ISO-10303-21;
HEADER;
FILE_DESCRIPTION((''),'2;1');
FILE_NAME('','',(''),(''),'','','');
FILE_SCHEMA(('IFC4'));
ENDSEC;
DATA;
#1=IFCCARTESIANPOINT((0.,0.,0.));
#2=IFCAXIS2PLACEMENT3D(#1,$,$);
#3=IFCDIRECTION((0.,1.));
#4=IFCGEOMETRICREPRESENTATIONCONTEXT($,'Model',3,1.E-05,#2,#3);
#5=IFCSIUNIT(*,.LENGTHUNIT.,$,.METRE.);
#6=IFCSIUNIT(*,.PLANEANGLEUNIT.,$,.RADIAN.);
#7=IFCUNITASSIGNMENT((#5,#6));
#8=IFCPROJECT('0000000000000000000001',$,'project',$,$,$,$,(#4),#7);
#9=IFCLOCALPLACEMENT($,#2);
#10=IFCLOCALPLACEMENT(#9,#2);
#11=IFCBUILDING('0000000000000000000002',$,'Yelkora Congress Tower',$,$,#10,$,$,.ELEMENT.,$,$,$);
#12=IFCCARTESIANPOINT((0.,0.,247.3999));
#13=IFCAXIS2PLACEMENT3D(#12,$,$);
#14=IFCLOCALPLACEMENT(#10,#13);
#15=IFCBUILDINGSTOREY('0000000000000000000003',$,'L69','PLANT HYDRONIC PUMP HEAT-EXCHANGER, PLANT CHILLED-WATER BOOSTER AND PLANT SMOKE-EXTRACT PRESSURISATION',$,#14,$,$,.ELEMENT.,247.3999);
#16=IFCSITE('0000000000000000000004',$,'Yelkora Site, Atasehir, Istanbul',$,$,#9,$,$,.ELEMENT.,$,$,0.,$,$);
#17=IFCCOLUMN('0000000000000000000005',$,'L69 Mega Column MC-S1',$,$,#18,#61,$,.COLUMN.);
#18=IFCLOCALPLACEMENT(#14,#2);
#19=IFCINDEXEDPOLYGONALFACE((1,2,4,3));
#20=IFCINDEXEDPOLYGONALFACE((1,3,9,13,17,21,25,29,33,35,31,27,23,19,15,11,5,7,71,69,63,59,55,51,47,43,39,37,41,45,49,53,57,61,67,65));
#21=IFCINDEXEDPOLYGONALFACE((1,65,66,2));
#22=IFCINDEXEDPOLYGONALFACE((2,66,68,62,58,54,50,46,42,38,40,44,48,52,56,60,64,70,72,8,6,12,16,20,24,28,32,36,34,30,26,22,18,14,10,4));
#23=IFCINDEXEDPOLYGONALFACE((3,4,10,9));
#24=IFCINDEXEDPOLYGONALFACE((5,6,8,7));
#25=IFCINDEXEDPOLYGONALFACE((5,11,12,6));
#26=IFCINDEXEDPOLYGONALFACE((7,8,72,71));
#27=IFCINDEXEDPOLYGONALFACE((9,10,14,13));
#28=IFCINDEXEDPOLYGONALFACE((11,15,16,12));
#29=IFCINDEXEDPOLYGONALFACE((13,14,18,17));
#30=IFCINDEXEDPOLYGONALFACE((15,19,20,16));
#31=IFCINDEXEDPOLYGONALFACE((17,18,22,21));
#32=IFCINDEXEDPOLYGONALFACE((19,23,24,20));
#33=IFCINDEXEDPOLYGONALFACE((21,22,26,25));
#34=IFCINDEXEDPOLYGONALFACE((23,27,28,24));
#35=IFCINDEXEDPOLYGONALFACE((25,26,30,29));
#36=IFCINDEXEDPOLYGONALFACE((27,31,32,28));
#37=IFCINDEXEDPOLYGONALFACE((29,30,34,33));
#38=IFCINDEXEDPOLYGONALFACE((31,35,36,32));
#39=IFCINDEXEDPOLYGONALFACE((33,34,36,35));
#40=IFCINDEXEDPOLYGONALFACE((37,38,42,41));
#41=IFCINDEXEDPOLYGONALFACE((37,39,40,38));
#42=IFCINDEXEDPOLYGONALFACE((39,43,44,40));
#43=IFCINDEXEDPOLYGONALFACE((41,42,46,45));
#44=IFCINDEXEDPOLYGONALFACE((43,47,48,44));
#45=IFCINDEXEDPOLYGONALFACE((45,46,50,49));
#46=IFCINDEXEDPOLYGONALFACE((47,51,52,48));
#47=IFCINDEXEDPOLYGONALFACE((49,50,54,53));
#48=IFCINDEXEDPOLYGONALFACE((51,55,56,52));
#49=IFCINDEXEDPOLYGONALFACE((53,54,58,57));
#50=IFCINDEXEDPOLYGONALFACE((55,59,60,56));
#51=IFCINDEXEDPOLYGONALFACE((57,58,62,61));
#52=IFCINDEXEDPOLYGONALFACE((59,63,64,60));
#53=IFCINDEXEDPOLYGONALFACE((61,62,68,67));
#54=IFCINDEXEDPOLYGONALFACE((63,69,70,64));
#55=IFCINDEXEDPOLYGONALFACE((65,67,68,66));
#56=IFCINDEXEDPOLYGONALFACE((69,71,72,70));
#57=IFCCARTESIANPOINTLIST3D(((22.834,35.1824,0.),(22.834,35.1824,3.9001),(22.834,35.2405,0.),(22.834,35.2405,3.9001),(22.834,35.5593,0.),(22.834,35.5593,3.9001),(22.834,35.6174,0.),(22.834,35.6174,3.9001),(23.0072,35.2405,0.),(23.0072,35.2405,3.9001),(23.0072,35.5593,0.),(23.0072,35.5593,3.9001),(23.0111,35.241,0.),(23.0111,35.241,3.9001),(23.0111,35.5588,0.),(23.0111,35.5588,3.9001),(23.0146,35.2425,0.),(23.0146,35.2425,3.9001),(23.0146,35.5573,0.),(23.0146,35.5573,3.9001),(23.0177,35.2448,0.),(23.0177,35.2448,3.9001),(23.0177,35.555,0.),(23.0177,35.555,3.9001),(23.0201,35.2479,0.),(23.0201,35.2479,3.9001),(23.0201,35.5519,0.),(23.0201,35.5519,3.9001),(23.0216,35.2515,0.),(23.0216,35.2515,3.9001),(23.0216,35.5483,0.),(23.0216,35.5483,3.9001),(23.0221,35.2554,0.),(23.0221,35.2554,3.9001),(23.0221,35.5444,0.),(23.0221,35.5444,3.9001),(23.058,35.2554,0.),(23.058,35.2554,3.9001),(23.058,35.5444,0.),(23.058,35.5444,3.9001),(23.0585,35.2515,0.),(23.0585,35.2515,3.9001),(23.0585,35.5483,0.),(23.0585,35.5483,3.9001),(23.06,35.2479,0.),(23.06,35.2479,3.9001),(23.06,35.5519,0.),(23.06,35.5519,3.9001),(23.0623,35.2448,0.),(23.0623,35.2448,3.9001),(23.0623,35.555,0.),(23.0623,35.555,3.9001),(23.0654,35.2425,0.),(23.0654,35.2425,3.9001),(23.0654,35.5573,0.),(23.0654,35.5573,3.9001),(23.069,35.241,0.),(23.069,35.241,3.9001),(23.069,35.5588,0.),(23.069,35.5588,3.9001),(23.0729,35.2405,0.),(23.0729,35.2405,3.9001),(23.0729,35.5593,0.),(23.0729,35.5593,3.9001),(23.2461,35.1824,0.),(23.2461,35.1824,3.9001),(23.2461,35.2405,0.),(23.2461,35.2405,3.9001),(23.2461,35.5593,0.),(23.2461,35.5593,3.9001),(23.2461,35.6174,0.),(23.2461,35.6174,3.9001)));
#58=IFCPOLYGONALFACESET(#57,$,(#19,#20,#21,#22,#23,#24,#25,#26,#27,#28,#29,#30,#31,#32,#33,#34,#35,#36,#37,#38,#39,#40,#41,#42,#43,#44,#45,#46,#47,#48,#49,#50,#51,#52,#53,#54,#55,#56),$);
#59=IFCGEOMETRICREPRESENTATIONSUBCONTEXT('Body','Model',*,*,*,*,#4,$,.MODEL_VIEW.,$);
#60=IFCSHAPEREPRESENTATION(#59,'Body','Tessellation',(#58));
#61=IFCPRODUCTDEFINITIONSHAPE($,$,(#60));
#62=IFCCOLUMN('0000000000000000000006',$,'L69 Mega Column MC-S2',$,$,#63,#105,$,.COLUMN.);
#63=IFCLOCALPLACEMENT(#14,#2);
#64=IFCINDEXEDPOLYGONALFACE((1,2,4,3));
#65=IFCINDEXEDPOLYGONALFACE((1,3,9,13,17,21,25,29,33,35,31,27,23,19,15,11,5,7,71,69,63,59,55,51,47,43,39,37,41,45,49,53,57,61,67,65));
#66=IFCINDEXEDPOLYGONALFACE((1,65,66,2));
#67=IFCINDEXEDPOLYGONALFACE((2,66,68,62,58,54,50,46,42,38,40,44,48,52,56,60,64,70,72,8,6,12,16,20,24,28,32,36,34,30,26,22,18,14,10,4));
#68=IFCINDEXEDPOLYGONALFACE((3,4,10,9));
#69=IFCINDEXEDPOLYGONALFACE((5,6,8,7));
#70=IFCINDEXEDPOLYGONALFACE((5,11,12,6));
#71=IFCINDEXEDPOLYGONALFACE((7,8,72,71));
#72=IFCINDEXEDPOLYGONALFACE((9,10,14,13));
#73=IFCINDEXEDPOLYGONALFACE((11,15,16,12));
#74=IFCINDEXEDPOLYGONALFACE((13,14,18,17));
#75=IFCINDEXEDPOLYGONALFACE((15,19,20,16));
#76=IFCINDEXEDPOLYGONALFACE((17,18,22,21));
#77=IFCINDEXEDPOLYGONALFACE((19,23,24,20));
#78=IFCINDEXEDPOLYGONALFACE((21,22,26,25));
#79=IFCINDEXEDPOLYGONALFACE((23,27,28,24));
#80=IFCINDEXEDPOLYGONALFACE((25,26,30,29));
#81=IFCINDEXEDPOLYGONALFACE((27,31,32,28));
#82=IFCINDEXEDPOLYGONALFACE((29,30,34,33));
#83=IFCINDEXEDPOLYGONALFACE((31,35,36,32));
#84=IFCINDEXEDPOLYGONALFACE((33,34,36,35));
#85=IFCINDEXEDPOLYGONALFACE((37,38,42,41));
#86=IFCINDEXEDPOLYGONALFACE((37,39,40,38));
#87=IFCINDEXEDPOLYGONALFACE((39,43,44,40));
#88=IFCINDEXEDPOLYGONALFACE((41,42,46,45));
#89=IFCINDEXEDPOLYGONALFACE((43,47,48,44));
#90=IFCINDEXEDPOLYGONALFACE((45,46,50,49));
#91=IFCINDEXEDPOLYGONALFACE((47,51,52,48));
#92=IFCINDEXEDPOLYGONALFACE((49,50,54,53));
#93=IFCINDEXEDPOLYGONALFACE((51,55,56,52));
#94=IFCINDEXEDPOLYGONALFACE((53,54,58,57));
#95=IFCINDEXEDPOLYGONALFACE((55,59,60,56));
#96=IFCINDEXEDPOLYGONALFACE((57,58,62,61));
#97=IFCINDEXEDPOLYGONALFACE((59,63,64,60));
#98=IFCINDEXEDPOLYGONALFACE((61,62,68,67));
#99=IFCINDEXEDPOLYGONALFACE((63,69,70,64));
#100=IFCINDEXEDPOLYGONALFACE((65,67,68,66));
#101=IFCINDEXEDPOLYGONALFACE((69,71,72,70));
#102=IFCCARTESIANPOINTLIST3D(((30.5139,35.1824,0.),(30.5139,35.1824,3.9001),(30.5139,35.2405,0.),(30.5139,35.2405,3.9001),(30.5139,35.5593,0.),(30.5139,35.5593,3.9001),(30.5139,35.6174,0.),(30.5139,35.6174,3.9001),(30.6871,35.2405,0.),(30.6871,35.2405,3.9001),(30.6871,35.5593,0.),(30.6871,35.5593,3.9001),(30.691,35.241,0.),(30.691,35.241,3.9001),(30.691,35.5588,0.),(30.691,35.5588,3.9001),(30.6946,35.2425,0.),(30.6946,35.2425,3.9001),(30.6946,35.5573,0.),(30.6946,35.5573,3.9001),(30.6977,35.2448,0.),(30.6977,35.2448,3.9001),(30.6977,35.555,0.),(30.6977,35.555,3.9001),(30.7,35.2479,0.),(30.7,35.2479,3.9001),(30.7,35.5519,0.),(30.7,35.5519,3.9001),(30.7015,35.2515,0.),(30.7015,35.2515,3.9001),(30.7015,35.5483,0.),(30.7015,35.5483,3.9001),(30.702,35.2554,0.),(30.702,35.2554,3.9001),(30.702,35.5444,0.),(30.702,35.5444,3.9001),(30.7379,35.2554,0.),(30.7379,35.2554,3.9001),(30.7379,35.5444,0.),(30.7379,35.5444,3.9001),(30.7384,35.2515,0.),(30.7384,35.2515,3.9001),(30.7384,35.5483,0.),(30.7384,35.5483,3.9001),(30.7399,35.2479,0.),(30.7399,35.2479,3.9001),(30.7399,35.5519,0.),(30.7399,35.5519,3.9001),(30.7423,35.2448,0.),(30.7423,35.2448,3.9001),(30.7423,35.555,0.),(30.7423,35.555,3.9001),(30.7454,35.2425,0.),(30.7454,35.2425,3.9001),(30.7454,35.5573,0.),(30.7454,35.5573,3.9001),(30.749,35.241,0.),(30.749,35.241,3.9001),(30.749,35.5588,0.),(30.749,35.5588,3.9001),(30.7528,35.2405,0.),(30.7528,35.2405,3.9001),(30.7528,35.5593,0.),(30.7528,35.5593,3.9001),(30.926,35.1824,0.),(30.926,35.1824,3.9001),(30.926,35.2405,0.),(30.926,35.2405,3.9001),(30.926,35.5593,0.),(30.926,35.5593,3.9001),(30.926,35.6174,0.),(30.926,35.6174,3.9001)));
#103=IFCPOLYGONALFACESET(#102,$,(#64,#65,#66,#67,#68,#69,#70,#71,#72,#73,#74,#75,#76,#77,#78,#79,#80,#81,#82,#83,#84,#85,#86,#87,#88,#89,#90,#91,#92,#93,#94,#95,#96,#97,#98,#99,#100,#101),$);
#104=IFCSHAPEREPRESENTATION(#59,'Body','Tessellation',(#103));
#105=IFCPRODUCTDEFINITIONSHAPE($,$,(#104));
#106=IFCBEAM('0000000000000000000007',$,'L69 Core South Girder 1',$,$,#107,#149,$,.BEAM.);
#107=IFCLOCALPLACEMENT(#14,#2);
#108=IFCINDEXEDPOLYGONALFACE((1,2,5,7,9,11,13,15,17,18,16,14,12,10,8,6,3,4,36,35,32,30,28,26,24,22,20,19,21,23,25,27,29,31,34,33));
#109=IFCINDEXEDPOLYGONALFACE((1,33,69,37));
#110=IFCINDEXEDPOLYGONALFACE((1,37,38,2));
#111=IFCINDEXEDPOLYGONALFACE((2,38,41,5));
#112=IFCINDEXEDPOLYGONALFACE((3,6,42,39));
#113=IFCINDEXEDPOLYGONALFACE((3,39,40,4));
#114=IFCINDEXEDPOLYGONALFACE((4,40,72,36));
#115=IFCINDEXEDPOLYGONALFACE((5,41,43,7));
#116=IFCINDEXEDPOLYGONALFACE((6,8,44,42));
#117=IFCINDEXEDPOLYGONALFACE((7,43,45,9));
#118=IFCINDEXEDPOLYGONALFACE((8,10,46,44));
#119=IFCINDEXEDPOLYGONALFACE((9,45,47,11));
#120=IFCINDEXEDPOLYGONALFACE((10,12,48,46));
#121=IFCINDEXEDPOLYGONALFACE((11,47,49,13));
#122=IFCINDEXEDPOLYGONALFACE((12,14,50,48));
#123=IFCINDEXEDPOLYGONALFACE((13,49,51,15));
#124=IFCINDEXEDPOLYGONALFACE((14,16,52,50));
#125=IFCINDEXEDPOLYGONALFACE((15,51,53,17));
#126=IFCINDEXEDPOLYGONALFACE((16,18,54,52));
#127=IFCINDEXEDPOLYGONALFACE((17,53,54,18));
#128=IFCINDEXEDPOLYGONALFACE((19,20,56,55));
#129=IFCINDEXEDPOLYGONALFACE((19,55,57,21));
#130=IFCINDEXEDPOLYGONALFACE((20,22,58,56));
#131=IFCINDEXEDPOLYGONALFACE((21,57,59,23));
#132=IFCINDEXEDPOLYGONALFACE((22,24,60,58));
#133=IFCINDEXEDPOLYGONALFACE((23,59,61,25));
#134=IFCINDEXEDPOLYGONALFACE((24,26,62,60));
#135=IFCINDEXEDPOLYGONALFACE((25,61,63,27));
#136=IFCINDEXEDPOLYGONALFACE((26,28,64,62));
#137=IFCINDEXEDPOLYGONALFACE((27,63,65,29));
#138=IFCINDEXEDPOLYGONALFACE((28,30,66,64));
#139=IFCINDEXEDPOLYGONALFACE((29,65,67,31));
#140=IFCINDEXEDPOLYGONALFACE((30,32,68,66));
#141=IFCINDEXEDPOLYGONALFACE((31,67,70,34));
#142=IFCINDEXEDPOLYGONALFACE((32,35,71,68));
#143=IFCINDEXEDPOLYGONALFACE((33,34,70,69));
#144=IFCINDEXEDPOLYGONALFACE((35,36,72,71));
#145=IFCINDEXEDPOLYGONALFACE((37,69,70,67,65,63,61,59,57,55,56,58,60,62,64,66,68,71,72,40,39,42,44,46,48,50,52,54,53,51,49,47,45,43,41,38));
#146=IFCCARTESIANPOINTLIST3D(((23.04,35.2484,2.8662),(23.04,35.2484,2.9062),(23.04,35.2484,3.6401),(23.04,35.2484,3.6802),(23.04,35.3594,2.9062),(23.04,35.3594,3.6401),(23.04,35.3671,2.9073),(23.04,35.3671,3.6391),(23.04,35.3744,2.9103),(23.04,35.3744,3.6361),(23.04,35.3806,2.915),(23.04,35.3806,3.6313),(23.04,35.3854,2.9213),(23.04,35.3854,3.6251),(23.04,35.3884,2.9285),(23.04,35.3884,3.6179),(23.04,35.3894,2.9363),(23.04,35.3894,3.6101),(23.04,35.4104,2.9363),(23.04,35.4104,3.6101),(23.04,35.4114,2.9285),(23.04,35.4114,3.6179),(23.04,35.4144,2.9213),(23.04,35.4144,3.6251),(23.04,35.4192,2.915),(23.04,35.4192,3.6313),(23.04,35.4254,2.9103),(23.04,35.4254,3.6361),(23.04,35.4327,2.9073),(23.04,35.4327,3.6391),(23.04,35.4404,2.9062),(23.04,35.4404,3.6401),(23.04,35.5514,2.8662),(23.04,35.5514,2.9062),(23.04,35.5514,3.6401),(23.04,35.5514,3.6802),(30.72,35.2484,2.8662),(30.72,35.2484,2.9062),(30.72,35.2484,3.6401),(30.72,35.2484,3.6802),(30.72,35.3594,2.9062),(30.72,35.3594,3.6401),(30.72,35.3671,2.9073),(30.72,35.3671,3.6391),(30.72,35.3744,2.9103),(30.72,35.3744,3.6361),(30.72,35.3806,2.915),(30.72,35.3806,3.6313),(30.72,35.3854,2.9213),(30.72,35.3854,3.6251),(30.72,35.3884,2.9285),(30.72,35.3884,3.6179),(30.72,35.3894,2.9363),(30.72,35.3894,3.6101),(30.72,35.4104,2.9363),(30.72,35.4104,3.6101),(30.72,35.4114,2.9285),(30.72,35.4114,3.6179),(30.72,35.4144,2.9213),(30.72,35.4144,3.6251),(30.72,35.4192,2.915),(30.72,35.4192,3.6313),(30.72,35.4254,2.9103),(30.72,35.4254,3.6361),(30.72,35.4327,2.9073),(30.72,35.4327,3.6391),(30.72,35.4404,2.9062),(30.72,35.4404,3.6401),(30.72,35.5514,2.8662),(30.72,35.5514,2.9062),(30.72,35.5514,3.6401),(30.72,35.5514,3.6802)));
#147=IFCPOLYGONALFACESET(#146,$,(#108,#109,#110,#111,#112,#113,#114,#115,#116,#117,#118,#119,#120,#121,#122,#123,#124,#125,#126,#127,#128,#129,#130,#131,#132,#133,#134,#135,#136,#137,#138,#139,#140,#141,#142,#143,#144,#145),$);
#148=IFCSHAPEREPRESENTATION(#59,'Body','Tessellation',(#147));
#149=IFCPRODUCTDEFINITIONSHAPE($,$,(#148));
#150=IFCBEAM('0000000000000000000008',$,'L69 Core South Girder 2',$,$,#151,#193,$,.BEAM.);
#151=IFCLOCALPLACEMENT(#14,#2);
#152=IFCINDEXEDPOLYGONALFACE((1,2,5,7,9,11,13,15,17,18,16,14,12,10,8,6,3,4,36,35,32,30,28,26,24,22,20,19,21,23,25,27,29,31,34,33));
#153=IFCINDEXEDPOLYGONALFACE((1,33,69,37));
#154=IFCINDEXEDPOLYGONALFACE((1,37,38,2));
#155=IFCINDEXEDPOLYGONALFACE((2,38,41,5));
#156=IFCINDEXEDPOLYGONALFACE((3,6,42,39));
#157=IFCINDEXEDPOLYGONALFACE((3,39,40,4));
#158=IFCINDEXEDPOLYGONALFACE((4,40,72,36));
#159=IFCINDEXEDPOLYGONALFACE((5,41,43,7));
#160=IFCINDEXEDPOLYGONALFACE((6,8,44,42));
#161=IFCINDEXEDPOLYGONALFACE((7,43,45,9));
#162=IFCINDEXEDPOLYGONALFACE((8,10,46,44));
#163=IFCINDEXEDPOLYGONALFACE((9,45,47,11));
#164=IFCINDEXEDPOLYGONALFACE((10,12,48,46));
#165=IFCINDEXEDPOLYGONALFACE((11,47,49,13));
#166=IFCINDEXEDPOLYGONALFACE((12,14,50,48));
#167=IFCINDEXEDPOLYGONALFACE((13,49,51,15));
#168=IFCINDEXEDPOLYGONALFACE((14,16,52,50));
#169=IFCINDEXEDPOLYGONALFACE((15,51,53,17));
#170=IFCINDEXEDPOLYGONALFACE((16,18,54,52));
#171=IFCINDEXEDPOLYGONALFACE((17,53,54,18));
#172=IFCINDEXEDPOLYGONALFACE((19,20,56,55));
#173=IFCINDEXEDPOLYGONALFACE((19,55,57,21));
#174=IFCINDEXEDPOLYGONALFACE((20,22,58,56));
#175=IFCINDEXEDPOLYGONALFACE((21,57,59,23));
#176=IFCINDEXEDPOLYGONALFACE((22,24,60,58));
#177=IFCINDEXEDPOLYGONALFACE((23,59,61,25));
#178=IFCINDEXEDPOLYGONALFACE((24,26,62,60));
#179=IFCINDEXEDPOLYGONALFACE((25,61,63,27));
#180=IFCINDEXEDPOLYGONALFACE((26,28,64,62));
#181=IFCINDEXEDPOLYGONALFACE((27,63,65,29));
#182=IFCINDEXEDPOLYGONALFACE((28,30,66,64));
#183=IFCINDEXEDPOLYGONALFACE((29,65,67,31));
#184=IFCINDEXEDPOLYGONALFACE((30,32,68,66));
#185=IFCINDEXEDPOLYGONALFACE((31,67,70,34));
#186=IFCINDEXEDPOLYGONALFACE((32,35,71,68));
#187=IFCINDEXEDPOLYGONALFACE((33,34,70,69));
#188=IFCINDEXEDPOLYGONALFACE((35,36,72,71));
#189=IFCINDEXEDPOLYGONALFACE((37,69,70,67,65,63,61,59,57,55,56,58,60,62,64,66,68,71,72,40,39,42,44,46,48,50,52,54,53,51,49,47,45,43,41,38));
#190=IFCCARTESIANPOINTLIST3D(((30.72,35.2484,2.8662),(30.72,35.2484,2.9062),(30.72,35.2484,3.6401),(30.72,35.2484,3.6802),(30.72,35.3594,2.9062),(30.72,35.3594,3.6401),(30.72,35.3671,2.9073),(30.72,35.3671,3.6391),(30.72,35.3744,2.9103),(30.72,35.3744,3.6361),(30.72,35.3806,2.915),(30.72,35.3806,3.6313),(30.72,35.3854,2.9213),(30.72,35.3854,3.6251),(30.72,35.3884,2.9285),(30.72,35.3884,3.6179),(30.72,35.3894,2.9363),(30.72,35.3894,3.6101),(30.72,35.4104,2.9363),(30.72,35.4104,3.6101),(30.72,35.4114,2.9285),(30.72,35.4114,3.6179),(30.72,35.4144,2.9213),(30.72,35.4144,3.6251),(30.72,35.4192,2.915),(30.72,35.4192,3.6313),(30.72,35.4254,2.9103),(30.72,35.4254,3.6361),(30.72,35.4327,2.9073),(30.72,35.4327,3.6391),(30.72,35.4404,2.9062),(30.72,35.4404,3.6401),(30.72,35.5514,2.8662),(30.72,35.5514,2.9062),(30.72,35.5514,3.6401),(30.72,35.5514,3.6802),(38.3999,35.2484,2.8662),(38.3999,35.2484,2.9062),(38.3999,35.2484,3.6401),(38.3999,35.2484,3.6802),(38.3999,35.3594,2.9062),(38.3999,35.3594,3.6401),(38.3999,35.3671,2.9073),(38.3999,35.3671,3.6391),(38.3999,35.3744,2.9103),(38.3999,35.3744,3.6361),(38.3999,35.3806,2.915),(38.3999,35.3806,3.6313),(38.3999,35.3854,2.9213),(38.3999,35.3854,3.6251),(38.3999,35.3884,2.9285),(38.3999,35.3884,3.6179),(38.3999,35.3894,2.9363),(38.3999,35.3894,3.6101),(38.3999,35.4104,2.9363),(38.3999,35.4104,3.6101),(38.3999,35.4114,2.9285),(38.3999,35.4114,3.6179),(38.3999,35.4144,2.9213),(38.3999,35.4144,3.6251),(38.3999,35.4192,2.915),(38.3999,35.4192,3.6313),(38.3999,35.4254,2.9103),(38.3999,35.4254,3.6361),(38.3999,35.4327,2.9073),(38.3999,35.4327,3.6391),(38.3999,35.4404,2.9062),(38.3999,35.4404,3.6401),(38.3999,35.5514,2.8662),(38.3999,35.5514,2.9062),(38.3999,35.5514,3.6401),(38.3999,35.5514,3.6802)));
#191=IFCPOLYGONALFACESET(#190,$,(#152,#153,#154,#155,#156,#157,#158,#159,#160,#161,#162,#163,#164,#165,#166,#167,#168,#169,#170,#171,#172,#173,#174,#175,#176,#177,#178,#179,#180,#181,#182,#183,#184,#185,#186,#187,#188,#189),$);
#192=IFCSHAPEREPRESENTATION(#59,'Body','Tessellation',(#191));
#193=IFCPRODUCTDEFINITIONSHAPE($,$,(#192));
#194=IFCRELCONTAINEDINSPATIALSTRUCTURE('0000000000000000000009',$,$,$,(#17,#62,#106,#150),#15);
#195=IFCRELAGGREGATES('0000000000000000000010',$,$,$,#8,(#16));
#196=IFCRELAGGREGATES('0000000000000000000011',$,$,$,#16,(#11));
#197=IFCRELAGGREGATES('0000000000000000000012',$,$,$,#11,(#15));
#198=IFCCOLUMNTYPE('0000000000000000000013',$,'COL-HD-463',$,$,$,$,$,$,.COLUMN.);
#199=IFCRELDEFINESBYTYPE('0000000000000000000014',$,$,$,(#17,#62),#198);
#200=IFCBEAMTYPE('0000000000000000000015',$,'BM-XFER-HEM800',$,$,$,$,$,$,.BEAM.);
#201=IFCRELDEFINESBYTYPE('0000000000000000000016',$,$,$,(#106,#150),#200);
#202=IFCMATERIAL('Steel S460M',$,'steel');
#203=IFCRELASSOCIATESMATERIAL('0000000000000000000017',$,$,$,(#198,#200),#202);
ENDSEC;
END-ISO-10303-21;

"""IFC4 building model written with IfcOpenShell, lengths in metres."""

from ifc_helpers import new_model, si_unit, direction, frame, origin, origin_2d, place, context, subcontext, project, spatial, i_section, extrude, material, material_profile, profile_set, type_object, element, save


model = new_model("IFC4")

# Units and contexts
model_context = context("Model", 3, precision=1e-05, world=origin(), true_north=direction((0.0, 1.0)))
body_context = subcontext(model_context, "Body", "Model", "MODEL_VIEW")
ifc_project = project(units=[si_unit("LENGTHUNIT", "METRE"), si_unit("PLANEANGLEUNIT", "RADIAN")], contexts=[model_context])

# Site, building, storey
site_placement = place(None, origin())
site = spatial("IfcSite", under=ifc_project, at=site_placement, Name="Yelkora Site, Atasehir, Istanbul", CompositionType="ELEMENT", RefElevation=0.0)
building_placement = place(site_placement, origin())
building = spatial("IfcBuilding", under=site, at=building_placement, Name="Yelkora Congress Tower", CompositionType="ELEMENT")
storey_placement = place(building_placement, frame((0.0, 0.0, 247.3999)))
storey = spatial("IfcBuildingStorey", under=building, at=storey_placement, Name="L69", Description="PLANT HYDRONIC PUMP HEAT-EXCHANGER, PLANT CHILLED-WATER BOOSTER AND PLANT SMOKE-EXTRACT PRESSURISATION", CompositionType="ELEMENT", Elevation=247.3999)

# Columns
ifc_material_1 = material(Name="Steel S460M", Category="steel")
ifc_material_profile_1 = material_profile(ifc_material_1, i_section(OverallWidth=0.4121, OverallDepth=0.4351, WebThickness=0.0359, FlangeThickness=0.0581, FilletRadius=0.0149, at=origin_2d()), Name="HD 400x463")
ifc_profile_set_1 = profile_set([ifc_material_profile_1], Name="Steel S460M")
column_type = type_object("IfcColumnType", Name="COL-HD-463", PredefinedType="COLUMN", material=ifc_profile_set_1)
for number, where, z_axis, x_axis, name in (
    (1, (23.04, 35.3999, 0.0), (0.0, 0.0, 1.0), (1.0, 0.0, 0.0), "L69 Mega Column MC-S1"),
    (2, (30.72, 35.3999, 0.0), (0.0, 0.0, 1.0), (1.0, 0.0, 0.0), "L69 Mega Column MC-S2"),
):
    element("IfcColumn", number, at=place(storey_placement, frame(where, z_axis=z_axis, x_axis=x_axis)), inside=storey, type_object=column_type, Name=name, PredefinedType="COLUMN", context=body_context, shape_type="SweptSolid", body=[
        extrude(i_section(OverallWidth=0.4121, OverallDepth=0.4351, WebThickness=0.0359, FlangeThickness=0.0581, FilletRadius=0.0149, at=origin_2d()), origin(), (0.0, 0.0, 1.0), 3.9001),
    ])

# Beams
ifc_material_profile_2 = material_profile(ifc_material_1, i_section(OverallWidth=0.303, OverallDepth=0.814, WebThickness=0.021, FlangeThickness=0.04, FilletRadius=0.03, at=origin_2d()), Name="HEM 800")
ifc_profile_set_2 = profile_set([ifc_material_profile_2], Name="Steel S460M")
beam_type = type_object("IfcBeamType", Name="BM-XFER-HEM800", PredefinedType="BEAM", material=ifc_profile_set_2)
for number, where, z_axis, x_axis, name in (
    (3, (23.04, 35.3999, 3.2732), (1.0, 0.0, 0.0), (0.0, 1.0, 0.0), "L69 Core South Girder 1"),
    (4, (30.72, 35.3999, 3.2732), (1.0, 0.0, 0.0), (0.0, 1.0, 0.0), "L69 Core South Girder 2"),
):
    element("IfcBeam", number, at=place(storey_placement, frame(where, z_axis=z_axis, x_axis=x_axis)), inside=storey, type_object=beam_type, Name=name, PredefinedType="BEAM", context=body_context, shape_type="SweptSolid", body=[
        extrude(i_section(OverallWidth=0.303, OverallDepth=0.814, WebThickness=0.021, FlangeThickness=0.04, FilletRadius=0.03, at=origin_2d()), origin(), (0.0, 0.0, 1.0), 7.6799),
    ])

save(model, "model.ifc")
